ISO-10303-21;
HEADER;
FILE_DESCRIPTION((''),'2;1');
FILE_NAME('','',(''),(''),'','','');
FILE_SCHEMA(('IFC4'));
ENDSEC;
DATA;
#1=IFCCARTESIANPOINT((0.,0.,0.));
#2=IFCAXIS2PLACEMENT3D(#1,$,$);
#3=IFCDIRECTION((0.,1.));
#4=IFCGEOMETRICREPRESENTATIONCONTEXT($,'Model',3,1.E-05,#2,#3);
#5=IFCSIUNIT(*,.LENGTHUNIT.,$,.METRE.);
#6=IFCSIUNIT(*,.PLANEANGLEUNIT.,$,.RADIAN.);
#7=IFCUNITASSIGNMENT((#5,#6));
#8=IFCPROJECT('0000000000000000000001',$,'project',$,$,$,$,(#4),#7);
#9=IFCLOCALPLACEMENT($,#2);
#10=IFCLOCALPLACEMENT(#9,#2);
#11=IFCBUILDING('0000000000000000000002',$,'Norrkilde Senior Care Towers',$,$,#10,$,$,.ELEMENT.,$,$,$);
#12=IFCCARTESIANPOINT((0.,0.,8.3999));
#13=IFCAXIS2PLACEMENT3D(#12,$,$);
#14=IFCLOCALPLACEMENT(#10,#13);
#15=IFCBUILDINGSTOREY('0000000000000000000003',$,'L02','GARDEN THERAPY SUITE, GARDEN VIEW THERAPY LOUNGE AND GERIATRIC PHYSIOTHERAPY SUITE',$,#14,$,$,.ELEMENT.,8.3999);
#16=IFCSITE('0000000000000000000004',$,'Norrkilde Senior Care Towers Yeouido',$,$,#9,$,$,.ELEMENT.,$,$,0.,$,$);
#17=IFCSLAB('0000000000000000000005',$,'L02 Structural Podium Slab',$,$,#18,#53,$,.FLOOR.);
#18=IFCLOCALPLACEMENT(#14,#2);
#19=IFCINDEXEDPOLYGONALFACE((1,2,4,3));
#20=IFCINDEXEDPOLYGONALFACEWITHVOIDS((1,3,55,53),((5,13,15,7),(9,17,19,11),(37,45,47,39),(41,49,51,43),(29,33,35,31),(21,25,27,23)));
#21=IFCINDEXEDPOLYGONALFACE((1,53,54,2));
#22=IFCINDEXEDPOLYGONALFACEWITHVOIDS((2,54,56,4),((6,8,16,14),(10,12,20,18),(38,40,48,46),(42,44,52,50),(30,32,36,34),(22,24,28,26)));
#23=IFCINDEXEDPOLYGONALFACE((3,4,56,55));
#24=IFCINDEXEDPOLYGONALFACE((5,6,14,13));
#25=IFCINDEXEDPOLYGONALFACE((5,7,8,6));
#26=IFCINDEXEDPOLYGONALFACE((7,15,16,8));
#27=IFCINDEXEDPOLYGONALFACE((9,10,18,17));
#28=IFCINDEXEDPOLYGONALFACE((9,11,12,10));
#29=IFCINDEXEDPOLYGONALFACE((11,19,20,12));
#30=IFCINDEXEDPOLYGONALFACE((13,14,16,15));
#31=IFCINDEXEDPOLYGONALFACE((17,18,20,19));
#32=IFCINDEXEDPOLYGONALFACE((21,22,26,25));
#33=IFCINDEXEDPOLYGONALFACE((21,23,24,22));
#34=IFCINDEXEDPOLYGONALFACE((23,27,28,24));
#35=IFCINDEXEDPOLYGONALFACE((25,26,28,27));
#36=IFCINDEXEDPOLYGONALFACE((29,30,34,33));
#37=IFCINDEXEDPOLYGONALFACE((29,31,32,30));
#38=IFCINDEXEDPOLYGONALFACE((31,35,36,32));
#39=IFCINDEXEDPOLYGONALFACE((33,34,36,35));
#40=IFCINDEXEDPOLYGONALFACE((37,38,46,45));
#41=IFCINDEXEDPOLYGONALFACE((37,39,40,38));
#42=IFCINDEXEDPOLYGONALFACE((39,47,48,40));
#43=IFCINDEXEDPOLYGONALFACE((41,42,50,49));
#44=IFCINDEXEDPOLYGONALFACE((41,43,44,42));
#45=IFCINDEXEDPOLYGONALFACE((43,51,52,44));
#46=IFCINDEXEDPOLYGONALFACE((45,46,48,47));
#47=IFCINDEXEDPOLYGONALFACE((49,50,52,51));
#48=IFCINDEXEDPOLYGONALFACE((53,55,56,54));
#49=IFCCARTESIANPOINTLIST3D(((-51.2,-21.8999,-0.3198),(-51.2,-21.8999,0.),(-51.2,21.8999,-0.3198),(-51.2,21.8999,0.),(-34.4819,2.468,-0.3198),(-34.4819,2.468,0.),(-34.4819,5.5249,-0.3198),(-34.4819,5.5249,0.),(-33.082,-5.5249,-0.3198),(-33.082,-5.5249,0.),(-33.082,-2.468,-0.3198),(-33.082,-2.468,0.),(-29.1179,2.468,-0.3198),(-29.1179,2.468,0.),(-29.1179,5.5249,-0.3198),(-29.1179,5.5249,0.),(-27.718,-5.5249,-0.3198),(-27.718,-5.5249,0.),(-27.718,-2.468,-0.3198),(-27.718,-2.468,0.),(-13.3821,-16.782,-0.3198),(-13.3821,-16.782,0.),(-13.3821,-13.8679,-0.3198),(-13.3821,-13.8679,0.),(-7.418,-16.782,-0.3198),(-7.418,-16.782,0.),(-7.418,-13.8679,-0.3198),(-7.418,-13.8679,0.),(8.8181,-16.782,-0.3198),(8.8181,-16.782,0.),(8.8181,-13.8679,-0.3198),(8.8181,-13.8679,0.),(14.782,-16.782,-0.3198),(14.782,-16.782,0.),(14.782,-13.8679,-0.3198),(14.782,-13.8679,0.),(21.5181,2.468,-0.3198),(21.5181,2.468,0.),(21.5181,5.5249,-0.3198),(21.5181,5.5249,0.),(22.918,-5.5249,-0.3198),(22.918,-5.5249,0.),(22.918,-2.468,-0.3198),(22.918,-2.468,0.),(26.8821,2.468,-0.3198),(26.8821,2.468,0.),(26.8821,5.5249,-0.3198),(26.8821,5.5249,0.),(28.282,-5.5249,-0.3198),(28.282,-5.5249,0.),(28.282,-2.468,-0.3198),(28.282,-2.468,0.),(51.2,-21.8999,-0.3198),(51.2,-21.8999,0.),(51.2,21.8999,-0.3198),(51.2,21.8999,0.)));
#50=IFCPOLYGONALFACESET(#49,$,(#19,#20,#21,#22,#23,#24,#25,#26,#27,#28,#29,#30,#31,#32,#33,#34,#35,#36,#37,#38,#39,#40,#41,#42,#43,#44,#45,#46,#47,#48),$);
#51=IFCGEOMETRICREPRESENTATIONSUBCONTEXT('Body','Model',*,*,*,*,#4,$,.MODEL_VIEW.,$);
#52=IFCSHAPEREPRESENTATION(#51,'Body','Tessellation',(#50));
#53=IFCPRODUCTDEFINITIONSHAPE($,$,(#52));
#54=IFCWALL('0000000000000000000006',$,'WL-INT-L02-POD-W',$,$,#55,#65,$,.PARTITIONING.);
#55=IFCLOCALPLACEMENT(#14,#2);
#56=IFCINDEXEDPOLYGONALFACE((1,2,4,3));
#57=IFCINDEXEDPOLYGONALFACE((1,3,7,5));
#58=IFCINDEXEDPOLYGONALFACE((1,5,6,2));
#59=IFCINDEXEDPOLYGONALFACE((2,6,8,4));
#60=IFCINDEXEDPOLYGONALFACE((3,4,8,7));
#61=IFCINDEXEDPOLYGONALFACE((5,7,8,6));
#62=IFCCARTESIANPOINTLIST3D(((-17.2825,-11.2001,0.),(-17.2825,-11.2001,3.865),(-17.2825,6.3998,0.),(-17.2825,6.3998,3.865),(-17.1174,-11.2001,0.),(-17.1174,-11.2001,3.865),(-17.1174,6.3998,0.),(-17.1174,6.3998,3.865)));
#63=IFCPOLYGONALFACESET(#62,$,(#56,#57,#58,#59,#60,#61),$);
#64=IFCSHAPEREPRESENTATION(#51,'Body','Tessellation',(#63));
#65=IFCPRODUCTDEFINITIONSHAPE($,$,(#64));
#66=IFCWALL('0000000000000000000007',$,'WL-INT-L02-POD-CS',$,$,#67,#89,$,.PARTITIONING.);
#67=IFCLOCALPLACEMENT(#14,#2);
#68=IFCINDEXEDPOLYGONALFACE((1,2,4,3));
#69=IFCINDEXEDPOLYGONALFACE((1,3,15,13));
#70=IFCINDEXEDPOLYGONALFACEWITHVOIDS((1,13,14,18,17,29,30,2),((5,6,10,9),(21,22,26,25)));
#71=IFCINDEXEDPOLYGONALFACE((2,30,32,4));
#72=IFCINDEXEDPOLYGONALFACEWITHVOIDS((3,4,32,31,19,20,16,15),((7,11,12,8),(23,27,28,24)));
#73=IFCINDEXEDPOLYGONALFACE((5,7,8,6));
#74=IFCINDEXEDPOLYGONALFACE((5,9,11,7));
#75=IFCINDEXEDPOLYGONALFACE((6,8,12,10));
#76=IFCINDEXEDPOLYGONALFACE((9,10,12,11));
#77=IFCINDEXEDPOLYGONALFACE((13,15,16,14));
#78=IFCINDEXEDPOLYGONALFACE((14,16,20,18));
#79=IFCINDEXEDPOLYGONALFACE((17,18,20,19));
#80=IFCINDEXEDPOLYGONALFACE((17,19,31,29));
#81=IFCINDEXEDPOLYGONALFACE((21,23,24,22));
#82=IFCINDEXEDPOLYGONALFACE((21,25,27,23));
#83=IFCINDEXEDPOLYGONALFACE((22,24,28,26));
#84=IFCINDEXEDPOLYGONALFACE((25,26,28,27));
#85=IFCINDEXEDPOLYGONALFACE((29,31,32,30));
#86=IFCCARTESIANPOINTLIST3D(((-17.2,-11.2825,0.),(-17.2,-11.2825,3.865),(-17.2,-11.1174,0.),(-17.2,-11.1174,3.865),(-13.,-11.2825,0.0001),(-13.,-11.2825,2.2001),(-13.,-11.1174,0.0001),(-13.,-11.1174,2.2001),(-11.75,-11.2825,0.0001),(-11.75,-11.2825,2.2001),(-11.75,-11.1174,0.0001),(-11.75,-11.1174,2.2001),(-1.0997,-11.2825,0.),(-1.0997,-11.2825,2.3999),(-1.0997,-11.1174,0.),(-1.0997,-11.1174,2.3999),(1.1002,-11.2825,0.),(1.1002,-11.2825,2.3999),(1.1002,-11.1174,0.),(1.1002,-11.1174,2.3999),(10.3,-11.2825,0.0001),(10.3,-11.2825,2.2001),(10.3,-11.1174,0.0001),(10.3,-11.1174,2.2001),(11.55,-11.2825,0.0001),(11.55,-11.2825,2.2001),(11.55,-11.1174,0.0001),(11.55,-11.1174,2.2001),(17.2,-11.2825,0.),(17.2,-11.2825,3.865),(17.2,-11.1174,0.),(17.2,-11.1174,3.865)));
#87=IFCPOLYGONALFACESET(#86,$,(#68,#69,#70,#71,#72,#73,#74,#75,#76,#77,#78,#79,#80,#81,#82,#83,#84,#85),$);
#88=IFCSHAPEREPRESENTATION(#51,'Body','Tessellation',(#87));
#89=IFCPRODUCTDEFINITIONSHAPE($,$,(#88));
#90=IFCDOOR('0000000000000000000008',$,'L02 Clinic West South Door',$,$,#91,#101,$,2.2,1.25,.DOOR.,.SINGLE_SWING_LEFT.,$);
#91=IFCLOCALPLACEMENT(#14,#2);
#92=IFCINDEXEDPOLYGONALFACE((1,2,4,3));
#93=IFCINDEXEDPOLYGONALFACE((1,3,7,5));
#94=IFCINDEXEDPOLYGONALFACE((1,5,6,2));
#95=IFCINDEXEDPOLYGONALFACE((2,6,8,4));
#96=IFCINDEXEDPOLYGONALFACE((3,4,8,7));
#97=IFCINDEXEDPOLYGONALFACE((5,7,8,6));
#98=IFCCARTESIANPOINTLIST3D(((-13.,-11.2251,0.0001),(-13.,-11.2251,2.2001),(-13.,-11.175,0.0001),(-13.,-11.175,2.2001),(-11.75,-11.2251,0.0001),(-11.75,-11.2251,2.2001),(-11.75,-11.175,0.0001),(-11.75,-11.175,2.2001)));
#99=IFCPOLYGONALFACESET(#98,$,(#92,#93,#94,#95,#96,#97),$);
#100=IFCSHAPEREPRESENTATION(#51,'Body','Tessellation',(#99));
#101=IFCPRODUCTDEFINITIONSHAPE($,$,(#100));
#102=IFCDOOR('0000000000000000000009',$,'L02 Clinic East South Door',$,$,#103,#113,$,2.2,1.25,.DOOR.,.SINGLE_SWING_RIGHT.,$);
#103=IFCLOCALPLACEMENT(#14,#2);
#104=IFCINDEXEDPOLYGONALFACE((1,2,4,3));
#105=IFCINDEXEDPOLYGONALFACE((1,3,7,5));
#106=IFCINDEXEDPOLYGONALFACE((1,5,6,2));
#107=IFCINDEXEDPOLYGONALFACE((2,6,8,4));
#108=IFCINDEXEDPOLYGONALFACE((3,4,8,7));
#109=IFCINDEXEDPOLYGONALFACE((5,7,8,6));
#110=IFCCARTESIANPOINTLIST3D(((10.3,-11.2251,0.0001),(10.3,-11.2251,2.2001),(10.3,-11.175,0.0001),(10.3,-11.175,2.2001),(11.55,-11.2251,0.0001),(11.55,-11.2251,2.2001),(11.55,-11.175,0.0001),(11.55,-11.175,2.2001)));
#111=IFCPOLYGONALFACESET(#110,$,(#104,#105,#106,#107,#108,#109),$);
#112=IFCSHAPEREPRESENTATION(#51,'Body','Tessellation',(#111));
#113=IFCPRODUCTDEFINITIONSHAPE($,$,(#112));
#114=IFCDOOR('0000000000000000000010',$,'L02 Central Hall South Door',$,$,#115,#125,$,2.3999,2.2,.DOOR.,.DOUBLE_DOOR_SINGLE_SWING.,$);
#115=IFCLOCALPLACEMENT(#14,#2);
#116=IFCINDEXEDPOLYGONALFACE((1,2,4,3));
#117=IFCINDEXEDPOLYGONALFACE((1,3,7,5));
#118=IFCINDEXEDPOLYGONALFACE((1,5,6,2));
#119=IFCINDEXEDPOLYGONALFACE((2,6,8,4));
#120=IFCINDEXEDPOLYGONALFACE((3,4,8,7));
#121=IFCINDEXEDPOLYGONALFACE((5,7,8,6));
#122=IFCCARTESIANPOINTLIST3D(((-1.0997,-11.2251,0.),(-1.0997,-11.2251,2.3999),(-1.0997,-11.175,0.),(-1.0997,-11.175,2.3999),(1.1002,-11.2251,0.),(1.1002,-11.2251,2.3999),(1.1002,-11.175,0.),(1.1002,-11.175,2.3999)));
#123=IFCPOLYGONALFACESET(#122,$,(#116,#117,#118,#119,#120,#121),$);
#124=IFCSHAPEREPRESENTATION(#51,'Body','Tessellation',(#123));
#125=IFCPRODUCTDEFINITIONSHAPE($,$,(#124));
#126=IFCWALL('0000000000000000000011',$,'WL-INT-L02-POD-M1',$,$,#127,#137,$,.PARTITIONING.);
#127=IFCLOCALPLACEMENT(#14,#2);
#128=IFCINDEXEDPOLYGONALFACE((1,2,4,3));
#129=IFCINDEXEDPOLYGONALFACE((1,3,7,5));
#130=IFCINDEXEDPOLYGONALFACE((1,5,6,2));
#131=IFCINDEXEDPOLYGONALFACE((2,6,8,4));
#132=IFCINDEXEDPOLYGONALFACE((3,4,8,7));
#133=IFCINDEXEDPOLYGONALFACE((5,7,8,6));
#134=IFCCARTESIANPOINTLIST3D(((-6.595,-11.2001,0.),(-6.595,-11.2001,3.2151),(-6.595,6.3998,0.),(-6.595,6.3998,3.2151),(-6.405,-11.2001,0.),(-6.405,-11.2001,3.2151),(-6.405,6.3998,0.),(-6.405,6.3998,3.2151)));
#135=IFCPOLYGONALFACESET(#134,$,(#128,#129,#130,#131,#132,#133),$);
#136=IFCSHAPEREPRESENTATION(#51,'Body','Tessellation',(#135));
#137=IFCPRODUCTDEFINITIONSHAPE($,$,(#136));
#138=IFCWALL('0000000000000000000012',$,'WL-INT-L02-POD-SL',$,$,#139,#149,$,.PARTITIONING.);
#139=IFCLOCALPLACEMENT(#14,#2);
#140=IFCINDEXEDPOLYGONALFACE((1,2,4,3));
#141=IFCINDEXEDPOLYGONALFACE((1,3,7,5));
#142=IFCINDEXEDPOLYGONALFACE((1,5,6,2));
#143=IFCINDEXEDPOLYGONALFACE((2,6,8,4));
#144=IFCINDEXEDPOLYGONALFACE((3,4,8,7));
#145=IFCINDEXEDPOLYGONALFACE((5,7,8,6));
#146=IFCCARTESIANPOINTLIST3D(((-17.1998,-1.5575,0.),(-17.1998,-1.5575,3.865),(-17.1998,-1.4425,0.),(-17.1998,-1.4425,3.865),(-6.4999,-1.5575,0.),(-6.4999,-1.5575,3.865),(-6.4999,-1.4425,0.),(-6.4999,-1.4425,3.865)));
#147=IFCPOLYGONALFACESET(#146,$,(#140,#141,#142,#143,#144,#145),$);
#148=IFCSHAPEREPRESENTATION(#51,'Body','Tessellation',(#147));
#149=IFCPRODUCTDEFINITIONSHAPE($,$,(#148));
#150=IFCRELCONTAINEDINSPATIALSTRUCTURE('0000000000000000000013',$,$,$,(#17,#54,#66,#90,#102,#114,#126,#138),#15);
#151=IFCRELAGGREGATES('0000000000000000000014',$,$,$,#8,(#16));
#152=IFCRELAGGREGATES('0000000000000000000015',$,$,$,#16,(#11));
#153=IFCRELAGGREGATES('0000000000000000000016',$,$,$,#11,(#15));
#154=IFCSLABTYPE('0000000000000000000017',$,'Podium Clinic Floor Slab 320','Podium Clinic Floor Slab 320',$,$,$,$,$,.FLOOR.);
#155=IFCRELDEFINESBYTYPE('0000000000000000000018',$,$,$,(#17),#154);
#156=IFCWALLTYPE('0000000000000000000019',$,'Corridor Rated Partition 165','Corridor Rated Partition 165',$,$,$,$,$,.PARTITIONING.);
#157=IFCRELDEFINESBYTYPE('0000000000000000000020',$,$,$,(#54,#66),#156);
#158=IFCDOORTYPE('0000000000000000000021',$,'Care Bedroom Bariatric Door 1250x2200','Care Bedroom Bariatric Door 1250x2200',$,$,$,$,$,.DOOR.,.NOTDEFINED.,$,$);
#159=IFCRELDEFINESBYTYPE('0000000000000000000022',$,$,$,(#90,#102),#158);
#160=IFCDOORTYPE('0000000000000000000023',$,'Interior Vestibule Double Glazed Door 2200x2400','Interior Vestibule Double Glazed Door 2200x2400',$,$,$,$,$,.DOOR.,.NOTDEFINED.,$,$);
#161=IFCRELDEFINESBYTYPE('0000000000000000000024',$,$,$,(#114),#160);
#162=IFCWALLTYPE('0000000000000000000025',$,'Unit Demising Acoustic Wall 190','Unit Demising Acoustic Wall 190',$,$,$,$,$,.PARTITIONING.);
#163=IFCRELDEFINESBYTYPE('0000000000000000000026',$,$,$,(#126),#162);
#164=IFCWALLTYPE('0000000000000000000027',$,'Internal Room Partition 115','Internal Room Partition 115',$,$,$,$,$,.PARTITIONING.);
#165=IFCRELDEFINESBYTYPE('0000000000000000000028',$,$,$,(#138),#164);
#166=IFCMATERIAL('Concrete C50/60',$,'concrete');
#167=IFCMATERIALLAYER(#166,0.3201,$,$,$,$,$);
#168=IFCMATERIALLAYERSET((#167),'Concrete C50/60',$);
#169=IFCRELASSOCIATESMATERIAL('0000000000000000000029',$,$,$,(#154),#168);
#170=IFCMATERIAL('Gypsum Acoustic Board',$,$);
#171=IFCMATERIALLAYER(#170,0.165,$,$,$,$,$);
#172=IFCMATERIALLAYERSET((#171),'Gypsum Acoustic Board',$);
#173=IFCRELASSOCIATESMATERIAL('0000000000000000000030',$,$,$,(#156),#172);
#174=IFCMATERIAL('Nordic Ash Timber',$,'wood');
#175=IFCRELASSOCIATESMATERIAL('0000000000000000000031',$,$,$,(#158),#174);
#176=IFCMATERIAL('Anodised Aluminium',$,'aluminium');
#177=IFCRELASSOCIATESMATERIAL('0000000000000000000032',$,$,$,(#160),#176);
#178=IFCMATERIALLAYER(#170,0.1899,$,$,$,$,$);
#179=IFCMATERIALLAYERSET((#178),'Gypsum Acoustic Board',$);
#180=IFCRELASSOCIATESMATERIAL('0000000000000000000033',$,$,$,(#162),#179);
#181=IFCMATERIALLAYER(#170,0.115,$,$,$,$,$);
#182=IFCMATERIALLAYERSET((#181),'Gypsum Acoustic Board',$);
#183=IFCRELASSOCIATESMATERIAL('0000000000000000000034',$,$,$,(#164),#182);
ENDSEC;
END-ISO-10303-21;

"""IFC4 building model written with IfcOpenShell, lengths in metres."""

from ifc_helpers import new_model, si_unit, direction, frame, frame_2d, origin, place, context, subcontext, project, spatial, polyline, rectangle, outline, extrude, source, transform, mapped, material, layer, layer_set, type_object, type_shapes, element, fill, save


model = new_model("IFC4")

# Units and contexts
model_context = context("Model", 3, precision=1e-05, world=origin(), true_north=direction((0.0, 1.0)))
body_context = subcontext(model_context, "Body", "Model", "MODEL_VIEW")
ifc_project = project(units=[si_unit("LENGTHUNIT", "METRE"), si_unit("PLANEANGLEUNIT", "RADIAN")], contexts=[model_context])

# Site, building, storey
site_placement = place(None, origin())
site = spatial("IfcSite", under=ifc_project, at=site_placement, Name="Norrkilde Senior Care Towers Yeouido", CompositionType="ELEMENT", RefElevation=0.0)
building_placement = place(site_placement, origin())
building = spatial("IfcBuilding", under=site, at=building_placement, Name="Norrkilde Senior Care Towers", CompositionType="ELEMENT")
storey_placement = place(building_placement, frame((0.0, 0.0, 8.3999)))
storey = spatial("IfcBuildingStorey", under=building, at=storey_placement, Name="L02", Description="GARDEN THERAPY SUITE, GARDEN VIEW THERAPY LOUNGE AND GERIATRIC PHYSIOTHERAPY SUITE", CompositionType="ELEMENT", Elevation=8.3999)

# Slab
ifc_material_1 = material(Name="Concrete C50/60", Category="concrete")
ifc_layer_1 = layer(ifc_material_1, 0.3201)
ifc_layer_set_1 = layer_set([ifc_layer_1], Name="Concrete C50/60")
slab_type_1 = type_object("IfcSlabType", Name="Podium Clinic Floor Slab 320", Description="Podium Clinic Floor Slab 320", PredefinedType="FLOOR", material=ifc_layer_set_1)
slab_1_placement = place(storey_placement, frame((0.0, 0.0, -0.3198)))
element("IfcSlab", 1, at=slab_1_placement, inside=storey, type_object=slab_type_1, Name="L02 Structural Podium Slab", PredefinedType="FLOOR", context=body_context, shape_type="SweptSolid", body=[
    extrude(outline(polyline([(-51.2, 21.8999), (51.2, 21.8999), (51.2, -21.8999), (-51.2, -21.8999), (-51.2, 21.8999)]), holes=[polyline([(-34.4819, 2.468), (-29.1179, 2.468), (-29.1179, 5.5249), (-34.4819, 5.5249), (-34.4819, 2.468)]), polyline([(-27.718, -5.5249), (-27.718, -2.468), (-33.082, -2.468), (-33.082, -5.5249), (-27.718, -5.5249)]), polyline([(26.8821, 5.5249), (21.5181, 5.5249), (21.5181, 2.468), (26.8821, 2.468), (26.8821, 5.5249)]), polyline([(22.918, -2.468), (22.918, -5.5249), (28.282, -5.5249), (28.282, -2.468), (22.918, -2.468)]), polyline([(-7.418, -13.8679), (-13.3821, -13.8679), (-13.3821, -16.782), (-7.418, -16.782), (-7.418, -13.8679)]), polyline([(14.782, -16.782), (14.782, -13.8679), (8.8181, -13.8679), (8.8181, -16.782), (14.782, -16.782)])]), origin(), (0.0, 0.0, 1.0), 0.3198),
])

# Wall
ifc_material_2 = material(Name="Gypsum Acoustic Board")
ifc_layer_2 = layer(ifc_material_2, 0.165)
ifc_layer_set_2 = layer_set([ifc_layer_2], Name="Gypsum Acoustic Board")
wall_type_1 = type_object("IfcWallType", Name="Corridor Rated Partition 165", Description="Corridor Rated Partition 165", PredefinedType="PARTITIONING", material=ifc_layer_set_2)
shared_shape_1 = source(origin(), body_context, "Body", "SweptSolid", [
    extrude(rectangle(XDim=17.5999, YDim=0.165, at=frame_2d((8.7998, 0.0))), origin(), (0.0, 0.0, 1.0), 3.865),
])
wall_1_placement = place(storey_placement, frame((-17.2, -11.2, 0.0), z_axis=(0.0, 0.0, 1.0), x_axis=(0.0, 1.0, 0.0)))
element("IfcWall", 2, at=wall_1_placement, inside=storey, type_object=wall_type_1, Name="WL-INT-L02-POD-W", PredefinedType="PARTITIONING", context=body_context, shape_type="MappedRepresentation", body=[
    mapped(shared_shape_1, transform((0.0, 0.0, 0.0), x_axis=(1.0, 0.0, 0.0), y_axis=(0.0, 1.0, 0.0), z_axis=(0.0, 0.0, 1.0), scale=1.0)),
])

# Wall, openings, doors
shared_shape_2 = source(origin(), body_context, "Body", "SweptSolid", [
    extrude(rectangle(XDim=34.3999, YDim=0.165, at=frame_2d((17.2, 0.0))), origin(), (0.0, 0.0, 1.0), 3.865),
])
wall_2_placement = place(storey_placement, frame((-17.2, -11.2, 0.0), z_axis=(0.0, 0.0, 1.0), x_axis=(1.0, 0.0, 0.0)))
wall_2 = element("IfcWall", 3, at=wall_2_placement, inside=storey, type_object=wall_type_1, Name="WL-INT-L02-POD-CS", PredefinedType="PARTITIONING", context=body_context, shape_type="MappedRepresentation", body=[
    mapped(shared_shape_2, transform((0.0, 0.0, 0.0), x_axis=(1.0, 0.0, 0.0), y_axis=(0.0, 1.0, 0.0), z_axis=(0.0, 0.0, 1.0), scale=1.0)),
])
opening_1_placement = place(wall_2_placement, frame((4.2, 0.0, 0.0)))
opening_1 = element("IfcOpeningElement", 4, at=opening_1_placement, cuts=wall_2, PredefinedType="OPENING", context=body_context, shape_type="SweptSolid", body=[
    extrude(rectangle(XDim=1.25, YDim=2.2, at=frame_2d((0.625, 1.1001))), frame((0.0, 0.0925, 0.0), z_axis=(0.0, -1.0, 0.0), x_axis=(1.0, 0.0, 0.0)), (0.0, 0.0, 1.0), 0.1851),
])
opening_2_placement = place(wall_2_placement, frame((16.1001, 0.0, 0.0)))
opening_2 = element("IfcOpeningElement", 5, at=opening_2_placement, cuts=wall_2, PredefinedType="OPENING", context=body_context, shape_type="SweptSolid", body=[
    extrude(rectangle(XDim=2.2, YDim=2.3999, at=frame_2d((1.1001, 1.2))), frame((0.0, 0.0925, 0.0), z_axis=(0.0, -1.0, 0.0), x_axis=(1.0, 0.0, 0.0)), (0.0, 0.0, 1.0), 0.1851),
])
opening_3_placement = place(wall_2_placement, frame((27.5, 0.0, 0.0)))
opening_3 = element("IfcOpeningElement", 6, at=opening_3_placement, cuts=wall_2, PredefinedType="OPENING", context=body_context, shape_type="SweptSolid", body=[
    extrude(rectangle(XDim=1.25, YDim=2.2, at=frame_2d((0.625, 1.1001))), frame((0.0, 0.0925, 0.0), z_axis=(0.0, -1.0, 0.0), x_axis=(1.0, 0.0, 0.0)), (0.0, 0.0, 1.0), 0.1851),
])
ifc_material_3 = material(Name="Nordic Ash Timber", Category="wood")
door_type_1 = type_object("IfcDoorType", Name="Care Bedroom Bariatric Door 1250x2200", Description="Care Bedroom Bariatric Door 1250x2200", OperationType="NOTDEFINED", PredefinedType="DOOR", material=ifc_material_3)
shared_shape_3 = source(origin(), body_context, "Body", "SweptSolid", [
    extrude(rectangle(XDim=1.25, YDim=2.2, at=frame_2d((0.625, 1.1001))), frame((0.0, 0.0249, 0.0), z_axis=(0.0, -1.0, 0.0), x_axis=(1.0, 0.0, 0.0)), (0.0, 0.0, 1.0), 0.05),
])
type_shapes(door_type_1, [shared_shape_3])
door_1_placement = place(opening_1_placement, origin())
door_1 = element("IfcDoor", 7, at=door_1_placement, inside=storey, type_object=door_type_1, Name="L02 Clinic West South Door", OperationType="SINGLE_SWING_LEFT", OverallHeight=2.2, OverallWidth=1.25, PredefinedType="DOOR", context=body_context, shape_type="MappedRepresentation", body=[
    mapped(shared_shape_3, transform((0.0, 0.0, 0.0), x_axis=(1.0, 0.0, 0.0), y_axis=(0.0, 1.0, 0.0), z_axis=(0.0, 0.0, 1.0), scale=1.0)),
])
fill(opening_1, door_1)
door_2_placement = place(opening_3_placement, origin())
door_2 = element("IfcDoor", 8, at=door_2_placement, inside=storey, type_object=door_type_1, Name="L02 Clinic East South Door", OperationType="SINGLE_SWING_RIGHT", OverallHeight=2.2, OverallWidth=1.25, PredefinedType="DOOR", context=body_context, shape_type="MappedRepresentation", body=[
    mapped(shared_shape_3, transform((0.0, 0.0, 0.0), x_axis=(1.0, 0.0, 0.0), y_axis=(0.0, 1.0, 0.0), z_axis=(0.0, 0.0, 1.0), scale=1.0)),
])
fill(opening_3, door_2)
ifc_material_4 = material(Name="Anodised Aluminium", Category="aluminium")
door_type_2 = type_object("IfcDoorType", Name="Interior Vestibule Double Glazed Door 2200x2400", Description="Interior Vestibule Double Glazed Door 2200x2400", OperationType="NOTDEFINED", PredefinedType="DOOR", material=ifc_material_4)
shared_shape_4 = source(origin(), body_context, "Body", "SweptSolid", [
    extrude(rectangle(XDim=2.2, YDim=2.3999, at=frame_2d((1.1001, 1.2))), frame((0.0, 0.0249, 0.0), z_axis=(0.0, -1.0, 0.0), x_axis=(1.0, 0.0, 0.0)), (0.0, 0.0, 1.0), 0.05),
])
type_shapes(door_type_2, [shared_shape_4])
door_3_placement = place(opening_2_placement, origin())
door_3 = element("IfcDoor", 9, at=door_3_placement, inside=storey, type_object=door_type_2, Name="L02 Central Hall South Door", OperationType="DOUBLE_DOOR_SINGLE_SWING", OverallHeight=2.3999, OverallWidth=2.2, PredefinedType="DOOR", context=body_context, shape_type="MappedRepresentation", body=[
    mapped(shared_shape_4, transform((0.0, 0.0, 0.0), x_axis=(1.0, 0.0, 0.0), y_axis=(0.0, 1.0, 0.0), z_axis=(0.0, 0.0, 1.0), scale=1.0)),
])
fill(opening_2, door_3)

# Walls
ifc_layer_3 = layer(ifc_material_2, 0.1899)
ifc_layer_set_3 = layer_set([ifc_layer_3], Name="Gypsum Acoustic Board")
wall_type_2 = type_object("IfcWallType", Name="Unit Demising Acoustic Wall 190", Description="Unit Demising Acoustic Wall 190", PredefinedType="PARTITIONING", material=ifc_layer_set_3)
shared_shape_5 = source(origin(), body_context, "Body", "SweptSolid", [
    extrude(rectangle(XDim=17.5999, YDim=0.1899, at=frame_2d((8.7998, 0.0))), origin(), (0.0, 0.0, 1.0), 3.2151),
])
type_shapes(wall_type_2, [shared_shape_5])
wall_3_placement = place(storey_placement, frame((-6.5, -11.2, 0.0), z_axis=(0.0, 0.0, 1.0), x_axis=(0.0, 1.0, 0.0)))
element("IfcWall", 10, at=wall_3_placement, inside=storey, type_object=wall_type_2, Name="WL-INT-L02-POD-M1", PredefinedType="PARTITIONING", context=body_context, shape_type="MappedRepresentation", body=[
    mapped(shared_shape_5, transform((0.0, 0.0, 0.0), x_axis=(1.0, 0.0, 0.0), y_axis=(0.0, 1.0, 0.0), z_axis=(0.0, 0.0, 1.0), scale=1.0)),
])
ifc_layer_4 = layer(ifc_material_2, 0.115)
ifc_layer_set_4 = layer_set([ifc_layer_4], Name="Gypsum Acoustic Board")
wall_type_3 = type_object("IfcWallType", Name="Internal Room Partition 115", Description="Internal Room Partition 115", PredefinedType="PARTITIONING", material=ifc_layer_set_4)
shared_shape_6 = source(origin(), body_context, "Body", "SweptSolid", [
    extrude(rectangle(XDim=10.7, YDim=0.115, at=frame_2d((5.3501, 0.0))), origin(), (0.0, 0.0, 1.0), 3.865),
])
type_shapes(wall_type_3, [shared_shape_6])
wall_4_placement = place(storey_placement, frame((-17.2, -1.5, 0.0), z_axis=(0.0, 0.0, 1.0), x_axis=(1.0, 0.0, 0.0)))
element("IfcWall", 11, at=wall_4_placement, inside=storey, type_object=wall_type_3, Name="WL-INT-L02-POD-SL", PredefinedType="PARTITIONING", context=body_context, shape_type="MappedRepresentation", body=[
    mapped(shared_shape_6, transform((0.0, 0.0, 0.0), x_axis=(1.0, 0.0, 0.0), y_axis=(0.0, 1.0, 0.0), z_axis=(0.0, 0.0, 1.0), scale=1.0)),
])

save(model, "model.ifc")
